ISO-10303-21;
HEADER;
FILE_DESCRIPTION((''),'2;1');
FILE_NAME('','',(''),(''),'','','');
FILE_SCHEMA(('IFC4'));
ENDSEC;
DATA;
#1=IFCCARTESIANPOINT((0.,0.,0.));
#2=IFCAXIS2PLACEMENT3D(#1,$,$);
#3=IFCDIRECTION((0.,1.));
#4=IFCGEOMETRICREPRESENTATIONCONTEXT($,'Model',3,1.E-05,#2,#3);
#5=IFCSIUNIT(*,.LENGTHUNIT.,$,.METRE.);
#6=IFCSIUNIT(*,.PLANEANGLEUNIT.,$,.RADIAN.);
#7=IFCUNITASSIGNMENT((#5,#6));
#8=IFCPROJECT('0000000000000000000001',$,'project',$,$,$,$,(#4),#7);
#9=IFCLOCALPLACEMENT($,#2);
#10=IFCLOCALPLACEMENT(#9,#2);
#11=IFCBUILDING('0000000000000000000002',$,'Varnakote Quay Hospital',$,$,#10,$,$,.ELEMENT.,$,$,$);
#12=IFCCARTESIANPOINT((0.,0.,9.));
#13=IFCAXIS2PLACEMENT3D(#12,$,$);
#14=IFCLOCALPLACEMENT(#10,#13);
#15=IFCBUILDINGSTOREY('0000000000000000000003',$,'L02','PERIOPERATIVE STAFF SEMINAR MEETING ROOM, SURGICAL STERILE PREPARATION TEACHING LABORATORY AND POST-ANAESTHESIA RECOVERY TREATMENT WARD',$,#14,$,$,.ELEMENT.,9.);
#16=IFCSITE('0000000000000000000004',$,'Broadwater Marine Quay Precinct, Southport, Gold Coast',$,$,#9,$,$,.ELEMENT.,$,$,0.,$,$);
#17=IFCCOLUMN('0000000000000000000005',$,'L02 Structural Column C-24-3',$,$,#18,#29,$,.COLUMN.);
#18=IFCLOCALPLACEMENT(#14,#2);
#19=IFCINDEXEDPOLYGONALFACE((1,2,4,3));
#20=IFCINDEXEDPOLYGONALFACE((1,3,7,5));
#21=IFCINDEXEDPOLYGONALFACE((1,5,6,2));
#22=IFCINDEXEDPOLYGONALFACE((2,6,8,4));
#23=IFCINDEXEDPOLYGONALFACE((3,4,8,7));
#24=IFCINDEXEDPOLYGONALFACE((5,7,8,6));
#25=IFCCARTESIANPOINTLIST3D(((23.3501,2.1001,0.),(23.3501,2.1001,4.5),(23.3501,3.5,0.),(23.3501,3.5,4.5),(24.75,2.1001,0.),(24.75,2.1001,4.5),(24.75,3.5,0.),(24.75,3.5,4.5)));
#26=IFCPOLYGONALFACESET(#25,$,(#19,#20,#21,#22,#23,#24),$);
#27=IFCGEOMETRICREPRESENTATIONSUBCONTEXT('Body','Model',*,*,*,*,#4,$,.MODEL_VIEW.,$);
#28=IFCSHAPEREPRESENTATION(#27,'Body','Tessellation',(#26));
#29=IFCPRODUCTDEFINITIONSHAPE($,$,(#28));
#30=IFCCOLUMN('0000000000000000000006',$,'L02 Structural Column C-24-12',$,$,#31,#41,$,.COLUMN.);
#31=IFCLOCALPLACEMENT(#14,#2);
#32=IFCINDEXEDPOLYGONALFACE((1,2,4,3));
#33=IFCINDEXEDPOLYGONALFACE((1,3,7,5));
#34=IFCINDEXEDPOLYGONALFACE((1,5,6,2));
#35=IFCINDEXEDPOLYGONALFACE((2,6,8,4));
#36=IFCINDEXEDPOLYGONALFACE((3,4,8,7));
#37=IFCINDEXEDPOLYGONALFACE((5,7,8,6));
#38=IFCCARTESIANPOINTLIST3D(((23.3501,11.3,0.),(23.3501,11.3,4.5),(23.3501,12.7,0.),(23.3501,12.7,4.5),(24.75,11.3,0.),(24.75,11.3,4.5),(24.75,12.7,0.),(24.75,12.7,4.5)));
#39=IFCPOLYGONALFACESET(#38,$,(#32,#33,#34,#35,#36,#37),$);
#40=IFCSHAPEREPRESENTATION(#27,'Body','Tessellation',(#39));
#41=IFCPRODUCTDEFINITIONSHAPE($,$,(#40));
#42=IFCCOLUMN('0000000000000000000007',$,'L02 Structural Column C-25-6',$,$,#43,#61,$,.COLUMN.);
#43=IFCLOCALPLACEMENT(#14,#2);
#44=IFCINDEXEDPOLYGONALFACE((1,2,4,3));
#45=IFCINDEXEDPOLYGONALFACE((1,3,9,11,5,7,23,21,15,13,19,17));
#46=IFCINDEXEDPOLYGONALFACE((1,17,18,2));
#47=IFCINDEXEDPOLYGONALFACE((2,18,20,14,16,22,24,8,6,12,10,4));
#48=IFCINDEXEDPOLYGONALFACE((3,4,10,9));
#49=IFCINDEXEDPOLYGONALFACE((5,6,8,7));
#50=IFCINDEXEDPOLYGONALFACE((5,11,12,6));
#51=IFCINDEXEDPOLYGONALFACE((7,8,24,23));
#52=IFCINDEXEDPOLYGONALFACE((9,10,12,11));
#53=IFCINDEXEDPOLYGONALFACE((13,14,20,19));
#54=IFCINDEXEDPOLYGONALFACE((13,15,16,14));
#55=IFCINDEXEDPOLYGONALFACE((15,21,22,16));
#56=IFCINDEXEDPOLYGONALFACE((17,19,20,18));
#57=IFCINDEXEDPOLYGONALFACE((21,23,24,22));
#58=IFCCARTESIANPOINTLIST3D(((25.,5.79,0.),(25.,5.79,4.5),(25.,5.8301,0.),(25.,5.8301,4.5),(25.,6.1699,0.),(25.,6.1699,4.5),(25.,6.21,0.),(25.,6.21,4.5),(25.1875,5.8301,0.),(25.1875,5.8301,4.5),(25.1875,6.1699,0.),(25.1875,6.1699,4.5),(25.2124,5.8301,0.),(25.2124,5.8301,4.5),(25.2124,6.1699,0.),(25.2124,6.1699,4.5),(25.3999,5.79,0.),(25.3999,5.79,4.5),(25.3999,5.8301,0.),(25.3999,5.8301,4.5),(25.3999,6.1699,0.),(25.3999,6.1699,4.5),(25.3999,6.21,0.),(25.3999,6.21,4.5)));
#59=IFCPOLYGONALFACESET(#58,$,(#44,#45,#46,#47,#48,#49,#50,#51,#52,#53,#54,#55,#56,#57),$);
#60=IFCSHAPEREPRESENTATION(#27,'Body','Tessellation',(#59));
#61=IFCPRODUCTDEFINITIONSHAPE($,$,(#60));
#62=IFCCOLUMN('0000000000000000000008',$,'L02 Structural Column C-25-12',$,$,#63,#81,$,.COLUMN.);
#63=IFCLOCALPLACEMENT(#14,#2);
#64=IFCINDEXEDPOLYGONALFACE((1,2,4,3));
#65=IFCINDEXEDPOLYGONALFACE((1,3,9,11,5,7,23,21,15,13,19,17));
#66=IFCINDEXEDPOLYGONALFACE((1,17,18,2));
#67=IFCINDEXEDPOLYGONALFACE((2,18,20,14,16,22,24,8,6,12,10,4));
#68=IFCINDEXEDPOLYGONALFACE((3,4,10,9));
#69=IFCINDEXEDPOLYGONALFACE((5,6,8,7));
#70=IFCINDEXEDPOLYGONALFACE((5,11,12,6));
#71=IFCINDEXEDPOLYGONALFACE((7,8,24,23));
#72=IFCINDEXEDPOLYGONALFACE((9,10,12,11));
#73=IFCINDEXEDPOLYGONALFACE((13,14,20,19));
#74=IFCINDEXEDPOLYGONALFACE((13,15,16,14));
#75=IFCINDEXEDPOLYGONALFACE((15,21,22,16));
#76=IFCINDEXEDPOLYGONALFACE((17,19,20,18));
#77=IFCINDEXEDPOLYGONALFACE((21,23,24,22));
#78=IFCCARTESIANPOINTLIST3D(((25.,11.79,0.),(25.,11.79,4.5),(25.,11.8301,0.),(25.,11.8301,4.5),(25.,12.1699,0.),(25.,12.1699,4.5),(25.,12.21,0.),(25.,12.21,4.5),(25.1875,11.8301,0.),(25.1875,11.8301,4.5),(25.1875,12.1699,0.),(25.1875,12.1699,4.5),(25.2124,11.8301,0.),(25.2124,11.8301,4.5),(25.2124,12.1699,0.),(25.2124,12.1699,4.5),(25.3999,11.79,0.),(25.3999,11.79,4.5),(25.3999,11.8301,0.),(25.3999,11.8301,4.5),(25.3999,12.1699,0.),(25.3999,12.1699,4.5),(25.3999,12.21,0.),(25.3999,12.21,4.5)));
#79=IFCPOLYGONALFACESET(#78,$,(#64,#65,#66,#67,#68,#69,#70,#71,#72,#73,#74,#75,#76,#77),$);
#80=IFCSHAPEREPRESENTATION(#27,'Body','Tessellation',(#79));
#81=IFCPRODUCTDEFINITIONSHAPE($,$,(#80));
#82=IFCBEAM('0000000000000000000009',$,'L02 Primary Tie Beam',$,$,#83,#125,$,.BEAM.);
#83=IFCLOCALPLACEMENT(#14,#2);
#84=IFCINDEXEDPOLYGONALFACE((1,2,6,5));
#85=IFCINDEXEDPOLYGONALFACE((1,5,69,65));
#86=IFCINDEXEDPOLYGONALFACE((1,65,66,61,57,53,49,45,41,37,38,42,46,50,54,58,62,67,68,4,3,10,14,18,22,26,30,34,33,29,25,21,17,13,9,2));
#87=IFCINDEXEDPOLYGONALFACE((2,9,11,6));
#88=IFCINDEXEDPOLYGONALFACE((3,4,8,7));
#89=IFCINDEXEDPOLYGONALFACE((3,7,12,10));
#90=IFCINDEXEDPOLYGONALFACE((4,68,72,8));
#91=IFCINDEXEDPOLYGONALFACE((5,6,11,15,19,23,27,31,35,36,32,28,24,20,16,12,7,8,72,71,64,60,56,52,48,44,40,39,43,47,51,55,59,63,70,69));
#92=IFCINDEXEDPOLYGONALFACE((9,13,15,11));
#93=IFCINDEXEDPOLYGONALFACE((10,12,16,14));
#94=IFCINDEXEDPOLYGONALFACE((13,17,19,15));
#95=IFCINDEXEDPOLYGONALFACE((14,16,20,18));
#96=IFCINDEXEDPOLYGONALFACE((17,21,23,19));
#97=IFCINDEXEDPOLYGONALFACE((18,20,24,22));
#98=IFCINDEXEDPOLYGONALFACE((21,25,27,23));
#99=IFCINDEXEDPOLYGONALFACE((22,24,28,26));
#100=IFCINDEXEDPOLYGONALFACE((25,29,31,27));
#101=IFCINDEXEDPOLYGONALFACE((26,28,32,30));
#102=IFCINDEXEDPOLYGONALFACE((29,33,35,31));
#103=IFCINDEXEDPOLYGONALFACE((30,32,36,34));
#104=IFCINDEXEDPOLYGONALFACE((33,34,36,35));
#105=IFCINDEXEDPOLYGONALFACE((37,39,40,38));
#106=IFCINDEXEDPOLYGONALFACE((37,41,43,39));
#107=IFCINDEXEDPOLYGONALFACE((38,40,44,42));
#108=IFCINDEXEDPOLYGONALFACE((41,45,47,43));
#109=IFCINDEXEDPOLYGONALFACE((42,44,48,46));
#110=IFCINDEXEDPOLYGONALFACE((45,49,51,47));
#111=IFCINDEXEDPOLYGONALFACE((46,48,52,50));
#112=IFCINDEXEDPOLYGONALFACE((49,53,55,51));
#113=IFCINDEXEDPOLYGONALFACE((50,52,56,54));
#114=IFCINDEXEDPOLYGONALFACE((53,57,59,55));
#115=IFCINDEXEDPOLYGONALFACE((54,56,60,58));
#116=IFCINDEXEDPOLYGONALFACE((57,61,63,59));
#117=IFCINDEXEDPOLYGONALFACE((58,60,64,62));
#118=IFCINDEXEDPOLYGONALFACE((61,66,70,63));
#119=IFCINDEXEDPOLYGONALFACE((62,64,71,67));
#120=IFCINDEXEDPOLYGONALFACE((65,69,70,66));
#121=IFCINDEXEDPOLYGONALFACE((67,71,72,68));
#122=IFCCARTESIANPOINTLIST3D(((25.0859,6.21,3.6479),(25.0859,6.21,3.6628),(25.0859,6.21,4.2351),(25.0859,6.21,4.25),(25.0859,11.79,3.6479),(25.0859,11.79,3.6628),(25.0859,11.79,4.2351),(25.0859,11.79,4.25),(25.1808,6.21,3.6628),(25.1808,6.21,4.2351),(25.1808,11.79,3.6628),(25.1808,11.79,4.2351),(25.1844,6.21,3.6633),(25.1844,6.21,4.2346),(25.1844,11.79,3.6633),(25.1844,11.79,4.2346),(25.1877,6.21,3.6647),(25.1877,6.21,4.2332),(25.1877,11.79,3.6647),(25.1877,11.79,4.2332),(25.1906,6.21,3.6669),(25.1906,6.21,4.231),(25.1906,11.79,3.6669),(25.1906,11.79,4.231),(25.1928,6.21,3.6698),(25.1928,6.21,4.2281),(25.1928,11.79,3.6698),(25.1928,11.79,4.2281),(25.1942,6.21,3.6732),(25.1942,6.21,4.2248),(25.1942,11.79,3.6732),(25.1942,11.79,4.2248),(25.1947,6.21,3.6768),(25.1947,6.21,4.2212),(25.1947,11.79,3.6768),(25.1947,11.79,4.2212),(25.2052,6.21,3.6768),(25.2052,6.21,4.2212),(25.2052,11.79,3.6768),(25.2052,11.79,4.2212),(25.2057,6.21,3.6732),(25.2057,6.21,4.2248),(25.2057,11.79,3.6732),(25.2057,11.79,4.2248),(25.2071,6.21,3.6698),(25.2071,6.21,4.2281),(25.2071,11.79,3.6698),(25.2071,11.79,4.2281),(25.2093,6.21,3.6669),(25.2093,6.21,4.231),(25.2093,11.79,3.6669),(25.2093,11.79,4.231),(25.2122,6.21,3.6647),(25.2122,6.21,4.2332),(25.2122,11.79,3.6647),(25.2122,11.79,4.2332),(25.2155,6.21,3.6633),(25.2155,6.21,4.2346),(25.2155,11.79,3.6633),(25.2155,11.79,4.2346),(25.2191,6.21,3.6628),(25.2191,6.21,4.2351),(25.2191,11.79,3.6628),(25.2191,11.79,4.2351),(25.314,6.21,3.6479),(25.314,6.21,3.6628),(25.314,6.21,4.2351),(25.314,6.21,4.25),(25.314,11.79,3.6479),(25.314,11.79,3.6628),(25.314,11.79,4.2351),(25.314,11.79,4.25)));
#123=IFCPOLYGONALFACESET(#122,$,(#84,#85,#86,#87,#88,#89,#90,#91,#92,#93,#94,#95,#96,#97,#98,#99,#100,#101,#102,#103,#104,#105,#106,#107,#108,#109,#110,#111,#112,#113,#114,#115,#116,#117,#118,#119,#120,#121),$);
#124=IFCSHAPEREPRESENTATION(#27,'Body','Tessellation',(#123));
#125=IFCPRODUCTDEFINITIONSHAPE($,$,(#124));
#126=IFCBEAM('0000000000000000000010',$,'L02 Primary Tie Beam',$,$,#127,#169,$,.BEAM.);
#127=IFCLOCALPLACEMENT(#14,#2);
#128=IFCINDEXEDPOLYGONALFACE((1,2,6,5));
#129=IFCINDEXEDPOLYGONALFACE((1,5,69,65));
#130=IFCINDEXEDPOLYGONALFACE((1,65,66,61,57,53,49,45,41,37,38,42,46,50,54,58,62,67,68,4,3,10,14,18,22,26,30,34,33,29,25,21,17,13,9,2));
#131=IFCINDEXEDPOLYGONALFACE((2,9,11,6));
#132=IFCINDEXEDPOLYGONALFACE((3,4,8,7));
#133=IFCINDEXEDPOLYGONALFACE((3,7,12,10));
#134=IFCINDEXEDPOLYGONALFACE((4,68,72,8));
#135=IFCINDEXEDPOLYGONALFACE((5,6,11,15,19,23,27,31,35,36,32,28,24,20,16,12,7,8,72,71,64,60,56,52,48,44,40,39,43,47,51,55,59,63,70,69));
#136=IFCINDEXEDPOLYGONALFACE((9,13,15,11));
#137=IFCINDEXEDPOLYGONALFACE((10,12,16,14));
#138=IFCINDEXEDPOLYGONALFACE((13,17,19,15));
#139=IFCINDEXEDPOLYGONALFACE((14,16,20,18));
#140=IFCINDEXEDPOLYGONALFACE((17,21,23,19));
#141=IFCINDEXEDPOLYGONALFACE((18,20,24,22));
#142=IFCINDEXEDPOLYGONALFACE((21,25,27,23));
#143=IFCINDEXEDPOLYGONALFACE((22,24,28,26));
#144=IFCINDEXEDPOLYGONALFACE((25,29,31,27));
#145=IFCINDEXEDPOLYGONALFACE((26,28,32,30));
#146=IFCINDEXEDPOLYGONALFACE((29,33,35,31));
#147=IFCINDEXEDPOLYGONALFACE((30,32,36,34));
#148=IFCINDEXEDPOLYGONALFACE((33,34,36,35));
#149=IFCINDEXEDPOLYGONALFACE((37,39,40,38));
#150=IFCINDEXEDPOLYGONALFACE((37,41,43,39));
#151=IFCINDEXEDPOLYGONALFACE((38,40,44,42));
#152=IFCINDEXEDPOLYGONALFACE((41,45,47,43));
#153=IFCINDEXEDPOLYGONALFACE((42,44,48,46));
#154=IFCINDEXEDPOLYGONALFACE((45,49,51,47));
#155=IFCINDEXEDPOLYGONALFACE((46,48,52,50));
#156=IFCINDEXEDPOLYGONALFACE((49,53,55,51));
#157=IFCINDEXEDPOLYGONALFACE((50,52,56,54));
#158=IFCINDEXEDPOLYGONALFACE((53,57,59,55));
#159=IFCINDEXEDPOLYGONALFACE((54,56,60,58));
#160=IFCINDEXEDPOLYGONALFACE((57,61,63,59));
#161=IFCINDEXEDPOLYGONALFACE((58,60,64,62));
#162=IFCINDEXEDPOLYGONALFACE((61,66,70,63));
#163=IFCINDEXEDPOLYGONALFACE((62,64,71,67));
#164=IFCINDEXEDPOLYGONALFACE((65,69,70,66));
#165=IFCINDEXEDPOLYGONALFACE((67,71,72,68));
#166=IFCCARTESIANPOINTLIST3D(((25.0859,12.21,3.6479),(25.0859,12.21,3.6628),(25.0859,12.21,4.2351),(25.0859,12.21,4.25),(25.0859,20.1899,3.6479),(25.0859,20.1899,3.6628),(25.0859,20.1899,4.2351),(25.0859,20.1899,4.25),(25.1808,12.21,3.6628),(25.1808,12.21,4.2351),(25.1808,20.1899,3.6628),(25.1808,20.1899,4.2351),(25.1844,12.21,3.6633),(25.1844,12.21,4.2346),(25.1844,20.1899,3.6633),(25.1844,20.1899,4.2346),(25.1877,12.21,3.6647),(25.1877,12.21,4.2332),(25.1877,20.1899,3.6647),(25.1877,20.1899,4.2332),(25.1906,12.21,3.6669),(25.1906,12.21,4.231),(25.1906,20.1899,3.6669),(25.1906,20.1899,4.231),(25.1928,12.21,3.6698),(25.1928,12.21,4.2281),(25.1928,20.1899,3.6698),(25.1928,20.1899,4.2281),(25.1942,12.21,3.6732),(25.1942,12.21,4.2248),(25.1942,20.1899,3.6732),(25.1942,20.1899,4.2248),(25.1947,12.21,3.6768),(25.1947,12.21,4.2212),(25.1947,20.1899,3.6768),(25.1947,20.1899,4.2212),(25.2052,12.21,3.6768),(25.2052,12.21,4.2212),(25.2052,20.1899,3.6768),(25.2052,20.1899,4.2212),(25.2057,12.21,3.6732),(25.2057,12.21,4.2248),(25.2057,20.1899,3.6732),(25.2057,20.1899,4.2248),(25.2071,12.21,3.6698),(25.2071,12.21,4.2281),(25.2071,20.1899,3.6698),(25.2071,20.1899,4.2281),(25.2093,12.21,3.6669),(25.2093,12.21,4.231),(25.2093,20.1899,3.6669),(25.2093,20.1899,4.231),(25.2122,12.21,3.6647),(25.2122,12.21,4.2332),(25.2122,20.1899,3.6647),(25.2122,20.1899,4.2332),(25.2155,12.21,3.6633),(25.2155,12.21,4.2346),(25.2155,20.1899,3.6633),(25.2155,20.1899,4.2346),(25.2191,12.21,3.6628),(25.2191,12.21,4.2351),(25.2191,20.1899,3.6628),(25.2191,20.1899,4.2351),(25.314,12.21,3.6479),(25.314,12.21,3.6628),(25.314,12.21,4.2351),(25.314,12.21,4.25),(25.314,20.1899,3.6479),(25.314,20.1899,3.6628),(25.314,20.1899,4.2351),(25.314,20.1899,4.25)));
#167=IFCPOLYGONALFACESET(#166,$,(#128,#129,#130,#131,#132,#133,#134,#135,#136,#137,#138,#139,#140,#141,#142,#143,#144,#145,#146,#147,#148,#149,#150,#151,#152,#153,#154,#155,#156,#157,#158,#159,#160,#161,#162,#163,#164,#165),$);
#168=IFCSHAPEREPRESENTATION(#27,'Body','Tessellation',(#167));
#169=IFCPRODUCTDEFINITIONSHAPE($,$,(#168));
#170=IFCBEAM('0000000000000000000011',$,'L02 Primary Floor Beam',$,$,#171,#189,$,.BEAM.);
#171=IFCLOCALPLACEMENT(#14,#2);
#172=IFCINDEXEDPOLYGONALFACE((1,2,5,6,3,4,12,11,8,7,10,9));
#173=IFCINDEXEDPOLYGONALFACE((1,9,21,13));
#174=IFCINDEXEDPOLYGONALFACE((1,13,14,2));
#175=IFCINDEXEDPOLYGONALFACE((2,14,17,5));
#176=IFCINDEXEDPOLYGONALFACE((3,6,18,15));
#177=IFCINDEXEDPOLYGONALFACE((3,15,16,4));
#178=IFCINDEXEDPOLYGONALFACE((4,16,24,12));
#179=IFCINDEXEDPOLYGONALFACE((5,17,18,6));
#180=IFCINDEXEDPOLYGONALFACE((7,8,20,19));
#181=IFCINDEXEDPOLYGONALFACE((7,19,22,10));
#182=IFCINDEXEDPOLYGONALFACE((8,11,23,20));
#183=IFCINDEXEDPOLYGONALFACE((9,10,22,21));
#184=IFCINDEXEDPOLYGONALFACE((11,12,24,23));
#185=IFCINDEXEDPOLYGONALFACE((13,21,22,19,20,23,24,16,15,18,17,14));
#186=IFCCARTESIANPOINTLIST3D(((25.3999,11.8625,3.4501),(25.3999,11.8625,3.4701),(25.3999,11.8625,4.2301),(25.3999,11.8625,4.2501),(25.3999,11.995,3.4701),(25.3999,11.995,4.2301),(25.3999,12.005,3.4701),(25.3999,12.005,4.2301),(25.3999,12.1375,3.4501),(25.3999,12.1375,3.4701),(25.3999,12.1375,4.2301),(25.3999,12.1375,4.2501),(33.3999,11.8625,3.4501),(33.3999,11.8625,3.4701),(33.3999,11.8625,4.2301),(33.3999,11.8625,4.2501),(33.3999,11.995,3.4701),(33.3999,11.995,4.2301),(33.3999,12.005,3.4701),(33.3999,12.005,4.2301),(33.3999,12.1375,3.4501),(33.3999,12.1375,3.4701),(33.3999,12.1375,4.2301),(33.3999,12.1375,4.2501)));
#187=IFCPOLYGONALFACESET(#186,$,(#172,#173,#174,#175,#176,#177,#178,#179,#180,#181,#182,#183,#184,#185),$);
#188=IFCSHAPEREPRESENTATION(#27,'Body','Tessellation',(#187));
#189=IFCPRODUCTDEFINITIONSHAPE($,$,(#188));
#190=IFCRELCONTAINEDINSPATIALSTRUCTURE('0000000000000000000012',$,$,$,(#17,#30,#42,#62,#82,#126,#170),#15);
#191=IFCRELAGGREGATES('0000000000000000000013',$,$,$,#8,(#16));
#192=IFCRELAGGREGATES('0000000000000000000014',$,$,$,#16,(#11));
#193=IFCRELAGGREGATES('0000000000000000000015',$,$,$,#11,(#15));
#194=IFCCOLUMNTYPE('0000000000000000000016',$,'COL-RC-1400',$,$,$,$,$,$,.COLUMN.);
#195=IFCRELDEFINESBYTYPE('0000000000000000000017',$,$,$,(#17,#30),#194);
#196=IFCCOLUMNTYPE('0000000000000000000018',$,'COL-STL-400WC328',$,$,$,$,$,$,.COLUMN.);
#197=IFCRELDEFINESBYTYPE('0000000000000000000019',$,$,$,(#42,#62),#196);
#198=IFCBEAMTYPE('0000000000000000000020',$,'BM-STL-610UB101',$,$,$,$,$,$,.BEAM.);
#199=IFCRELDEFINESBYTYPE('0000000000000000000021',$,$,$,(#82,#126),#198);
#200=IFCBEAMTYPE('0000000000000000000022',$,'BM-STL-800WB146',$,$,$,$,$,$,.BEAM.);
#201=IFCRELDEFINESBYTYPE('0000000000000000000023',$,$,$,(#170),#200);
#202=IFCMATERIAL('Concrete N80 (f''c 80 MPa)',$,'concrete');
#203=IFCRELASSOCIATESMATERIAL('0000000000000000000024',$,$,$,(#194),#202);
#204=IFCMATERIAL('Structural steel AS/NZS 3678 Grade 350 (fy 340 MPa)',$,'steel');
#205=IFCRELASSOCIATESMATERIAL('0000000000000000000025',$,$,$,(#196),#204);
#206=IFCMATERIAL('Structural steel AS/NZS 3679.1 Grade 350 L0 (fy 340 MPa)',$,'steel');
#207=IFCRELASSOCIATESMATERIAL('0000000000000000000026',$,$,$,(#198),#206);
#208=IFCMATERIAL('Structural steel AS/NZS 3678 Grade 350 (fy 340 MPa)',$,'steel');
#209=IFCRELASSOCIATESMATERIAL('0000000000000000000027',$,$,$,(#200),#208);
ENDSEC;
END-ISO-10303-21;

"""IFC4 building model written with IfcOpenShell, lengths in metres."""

from ifc_helpers import new_model, si_unit, direction, frame, origin, origin_2d, place, context, subcontext, project, spatial, rectangle, i_section, extrude, material, material_profile, profile_set, type_object, element, save


model = new_model("IFC4")

# Units and contexts
model_context = context("Model", 3, precision=1e-05, world=origin(), true_north=direction((0.0, 1.0)))
body_context = subcontext(model_context, "Body", "Model", "MODEL_VIEW")
ifc_project = project(units=[si_unit("LENGTHUNIT", "METRE"), si_unit("PLANEANGLEUNIT", "RADIAN")], contexts=[model_context])

# Site, building, storey
site_placement = place(None, origin())
site = spatial("IfcSite", under=ifc_project, at=site_placement, Name="Broadwater Marine Quay Precinct, Southport, Gold Coast", CompositionType="ELEMENT", RefElevation=0.0)
building_placement = place(site_placement, origin())
building = spatial("IfcBuilding", under=site, at=building_placement, Name="Varnakote Quay Hospital", CompositionType="ELEMENT")
storey_placement = place(building_placement, frame((0.0, 0.0, 9.0)))
storey = spatial("IfcBuildingStorey", under=building, at=storey_placement, Name="L02", Description="PERIOPERATIVE STAFF SEMINAR MEETING ROOM, SURGICAL STERILE PREPARATION TEACHING LABORATORY AND POST-ANAESTHESIA RECOVERY TREATMENT WARD", CompositionType="ELEMENT", Elevation=9.0)

# Columns
ifc_material_1 = material(Name="Concrete N80 (f'c 80 MPa)", Category="concrete")
ifc_material_profile_1 = material_profile(ifc_material_1, rectangle(XDim=1.3999, YDim=1.3999, at=origin_2d()), Name="RC-COL-1400x1400")
ifc_profile_set_1 = profile_set([ifc_material_profile_1], Name="Concrete N80 (f'c 80 MPa)")
column_type_1 = type_object("IfcColumnType", Name="COL-RC-1400", PredefinedType="COLUMN", material=ifc_profile_set_1)
for number, where, z_axis, x_axis, name in (
    (1, (24.05, 2.8, 0.0), (0.0, 0.0, 1.0), (1.0, 0.0, 0.0), "L02 Structural Column C-24-3"),
    (2, (24.05, 12.0, 0.0), (0.0, 0.0, 1.0), (1.0, 0.0, 0.0), "L02 Structural Column C-24-12"),
):
    element("IfcColumn", number, at=place(storey_placement, frame(where, z_axis=z_axis, x_axis=x_axis)), inside=storey, type_object=column_type_1, Name=name, PredefinedType="COLUMN", context=body_context, shape_type="SweptSolid", body=[
        extrude(rectangle(XDim=1.3999, YDim=1.3999, at=origin_2d()), origin(), (0.0, 0.0, 1.0), 4.5),
    ])
ifc_material_2 = material(Name="Structural steel AS/NZS 3678 Grade 350 (fy 340 MPa)", Category="steel")
ifc_material_profile_2 = material_profile(ifc_material_2, i_section(OverallWidth=0.3999, OverallDepth=0.4199, WebThickness=0.0249, FlangeThickness=0.04, at=origin_2d()), Name="400WC328")
ifc_profile_set_2 = profile_set([ifc_material_profile_2], Name="Structural steel AS/NZS 3678 Grade 350 (fy 340 MPa)")
column_type_2 = type_object("IfcColumnType", Name="COL-STL-400WC328", PredefinedType="COLUMN", material=ifc_profile_set_2)
for number, where, z_axis, x_axis, name in (
    (3, (25.2, 6.0, 0.0), (0.0, 0.0, 1.0), (1.0, 0.0, 0.0), "L02 Structural Column C-25-6"),
    (4, (25.2, 12.0, 0.0), (0.0, 0.0, 1.0), (1.0, 0.0, 0.0), "L02 Structural Column C-25-12"),
):
    element("IfcColumn", number, at=place(storey_placement, frame(where, z_axis=z_axis, x_axis=x_axis)), inside=storey, type_object=column_type_2, Name=name, PredefinedType="COLUMN", context=body_context, shape_type="SweptSolid", body=[
        extrude(i_section(OverallWidth=0.3999, OverallDepth=0.4199, WebThickness=0.0249, FlangeThickness=0.04, at=origin_2d()), origin(), (0.0, 0.0, 1.0), 4.5),
    ])

# Beams
ifc_material_3 = material(Name="Structural steel AS/NZS 3679.1 Grade 350 L0 (fy 340 MPa)", Category="steel")
ifc_material_profile_3 = material_profile(ifc_material_3, i_section(OverallWidth=0.228, OverallDepth=0.6021, WebThickness=0.0105, FlangeThickness=0.0149, FilletRadius=0.0139, at=origin_2d()), Name="610UB101")
ifc_profile_set_3 = profile_set([ifc_material_profile_3], Name="Structural steel AS/NZS 3679.1 Grade 350 L0 (fy 340 MPa)")
beam_type_1 = type_object("IfcBeamType", Name="BM-STL-610UB101", PredefinedType="BEAM", material=ifc_profile_set_3)
beam_1_placement = place(storey_placement, frame((25.2, 6.21, 3.949), z_axis=(0.0, 1.0, 0.0), x_axis=(-1.0, 0.0, 0.0)))
element("IfcBeam", 5, at=beam_1_placement, inside=storey, type_object=beam_type_1, Name="L02 Primary Tie Beam", PredefinedType="BEAM", context=body_context, shape_type="SweptSolid", body=[
    extrude(i_section(OverallWidth=0.228, OverallDepth=0.6021, WebThickness=0.0105, FlangeThickness=0.0149, FilletRadius=0.0139, at=origin_2d()), origin(), (0.0, 0.0, 1.0), 5.5801),
])
beam_2_placement = place(storey_placement, frame((25.2, 12.21, 3.949), z_axis=(0.0, 1.0, 0.0), x_axis=(-1.0, 0.0, 0.0)))
element("IfcBeam", 6, at=beam_2_placement, inside=storey, type_object=beam_type_1, Name="L02 Primary Tie Beam", PredefinedType="BEAM", context=body_context, shape_type="SweptSolid", body=[
    extrude(i_section(OverallWidth=0.228, OverallDepth=0.6021, WebThickness=0.0105, FlangeThickness=0.0149, FilletRadius=0.0139, at=origin_2d()), origin(), (0.0, 0.0, 1.0), 7.98),
])
ifc_material_4 = material(Name="Structural steel AS/NZS 3678 Grade 350 (fy 340 MPa)", Category="steel")
ifc_material_profile_4 = material_profile(ifc_material_4, i_section(OverallWidth=0.2749, OverallDepth=0.8, WebThickness=0.01, FlangeThickness=0.02, at=origin_2d()), Name="800WB146")
ifc_profile_set_4 = profile_set([ifc_material_profile_4], Name="Structural steel AS/NZS 3678 Grade 350 (fy 340 MPa)")
beam_type_2 = type_object("IfcBeamType", Name="BM-STL-800WB146", PredefinedType="BEAM", material=ifc_profile_set_4)
beam_3_placement = place(storey_placement, frame((25.3999, 12.0, 3.8501), z_axis=(1.0, 0.0, 0.0), x_axis=(0.0, 1.0, 0.0)))
element("IfcBeam", 7, at=beam_3_placement, inside=storey, type_object=beam_type_2, Name="L02 Primary Floor Beam", PredefinedType="BEAM", context=body_context, shape_type="SweptSolid", body=[
    extrude(i_section(OverallWidth=0.2749, OverallDepth=0.8, WebThickness=0.01, FlangeThickness=0.02, at=origin_2d()), origin(), (0.0, 0.0, 1.0), 8.0),
])

save(model, "model.ifc")
